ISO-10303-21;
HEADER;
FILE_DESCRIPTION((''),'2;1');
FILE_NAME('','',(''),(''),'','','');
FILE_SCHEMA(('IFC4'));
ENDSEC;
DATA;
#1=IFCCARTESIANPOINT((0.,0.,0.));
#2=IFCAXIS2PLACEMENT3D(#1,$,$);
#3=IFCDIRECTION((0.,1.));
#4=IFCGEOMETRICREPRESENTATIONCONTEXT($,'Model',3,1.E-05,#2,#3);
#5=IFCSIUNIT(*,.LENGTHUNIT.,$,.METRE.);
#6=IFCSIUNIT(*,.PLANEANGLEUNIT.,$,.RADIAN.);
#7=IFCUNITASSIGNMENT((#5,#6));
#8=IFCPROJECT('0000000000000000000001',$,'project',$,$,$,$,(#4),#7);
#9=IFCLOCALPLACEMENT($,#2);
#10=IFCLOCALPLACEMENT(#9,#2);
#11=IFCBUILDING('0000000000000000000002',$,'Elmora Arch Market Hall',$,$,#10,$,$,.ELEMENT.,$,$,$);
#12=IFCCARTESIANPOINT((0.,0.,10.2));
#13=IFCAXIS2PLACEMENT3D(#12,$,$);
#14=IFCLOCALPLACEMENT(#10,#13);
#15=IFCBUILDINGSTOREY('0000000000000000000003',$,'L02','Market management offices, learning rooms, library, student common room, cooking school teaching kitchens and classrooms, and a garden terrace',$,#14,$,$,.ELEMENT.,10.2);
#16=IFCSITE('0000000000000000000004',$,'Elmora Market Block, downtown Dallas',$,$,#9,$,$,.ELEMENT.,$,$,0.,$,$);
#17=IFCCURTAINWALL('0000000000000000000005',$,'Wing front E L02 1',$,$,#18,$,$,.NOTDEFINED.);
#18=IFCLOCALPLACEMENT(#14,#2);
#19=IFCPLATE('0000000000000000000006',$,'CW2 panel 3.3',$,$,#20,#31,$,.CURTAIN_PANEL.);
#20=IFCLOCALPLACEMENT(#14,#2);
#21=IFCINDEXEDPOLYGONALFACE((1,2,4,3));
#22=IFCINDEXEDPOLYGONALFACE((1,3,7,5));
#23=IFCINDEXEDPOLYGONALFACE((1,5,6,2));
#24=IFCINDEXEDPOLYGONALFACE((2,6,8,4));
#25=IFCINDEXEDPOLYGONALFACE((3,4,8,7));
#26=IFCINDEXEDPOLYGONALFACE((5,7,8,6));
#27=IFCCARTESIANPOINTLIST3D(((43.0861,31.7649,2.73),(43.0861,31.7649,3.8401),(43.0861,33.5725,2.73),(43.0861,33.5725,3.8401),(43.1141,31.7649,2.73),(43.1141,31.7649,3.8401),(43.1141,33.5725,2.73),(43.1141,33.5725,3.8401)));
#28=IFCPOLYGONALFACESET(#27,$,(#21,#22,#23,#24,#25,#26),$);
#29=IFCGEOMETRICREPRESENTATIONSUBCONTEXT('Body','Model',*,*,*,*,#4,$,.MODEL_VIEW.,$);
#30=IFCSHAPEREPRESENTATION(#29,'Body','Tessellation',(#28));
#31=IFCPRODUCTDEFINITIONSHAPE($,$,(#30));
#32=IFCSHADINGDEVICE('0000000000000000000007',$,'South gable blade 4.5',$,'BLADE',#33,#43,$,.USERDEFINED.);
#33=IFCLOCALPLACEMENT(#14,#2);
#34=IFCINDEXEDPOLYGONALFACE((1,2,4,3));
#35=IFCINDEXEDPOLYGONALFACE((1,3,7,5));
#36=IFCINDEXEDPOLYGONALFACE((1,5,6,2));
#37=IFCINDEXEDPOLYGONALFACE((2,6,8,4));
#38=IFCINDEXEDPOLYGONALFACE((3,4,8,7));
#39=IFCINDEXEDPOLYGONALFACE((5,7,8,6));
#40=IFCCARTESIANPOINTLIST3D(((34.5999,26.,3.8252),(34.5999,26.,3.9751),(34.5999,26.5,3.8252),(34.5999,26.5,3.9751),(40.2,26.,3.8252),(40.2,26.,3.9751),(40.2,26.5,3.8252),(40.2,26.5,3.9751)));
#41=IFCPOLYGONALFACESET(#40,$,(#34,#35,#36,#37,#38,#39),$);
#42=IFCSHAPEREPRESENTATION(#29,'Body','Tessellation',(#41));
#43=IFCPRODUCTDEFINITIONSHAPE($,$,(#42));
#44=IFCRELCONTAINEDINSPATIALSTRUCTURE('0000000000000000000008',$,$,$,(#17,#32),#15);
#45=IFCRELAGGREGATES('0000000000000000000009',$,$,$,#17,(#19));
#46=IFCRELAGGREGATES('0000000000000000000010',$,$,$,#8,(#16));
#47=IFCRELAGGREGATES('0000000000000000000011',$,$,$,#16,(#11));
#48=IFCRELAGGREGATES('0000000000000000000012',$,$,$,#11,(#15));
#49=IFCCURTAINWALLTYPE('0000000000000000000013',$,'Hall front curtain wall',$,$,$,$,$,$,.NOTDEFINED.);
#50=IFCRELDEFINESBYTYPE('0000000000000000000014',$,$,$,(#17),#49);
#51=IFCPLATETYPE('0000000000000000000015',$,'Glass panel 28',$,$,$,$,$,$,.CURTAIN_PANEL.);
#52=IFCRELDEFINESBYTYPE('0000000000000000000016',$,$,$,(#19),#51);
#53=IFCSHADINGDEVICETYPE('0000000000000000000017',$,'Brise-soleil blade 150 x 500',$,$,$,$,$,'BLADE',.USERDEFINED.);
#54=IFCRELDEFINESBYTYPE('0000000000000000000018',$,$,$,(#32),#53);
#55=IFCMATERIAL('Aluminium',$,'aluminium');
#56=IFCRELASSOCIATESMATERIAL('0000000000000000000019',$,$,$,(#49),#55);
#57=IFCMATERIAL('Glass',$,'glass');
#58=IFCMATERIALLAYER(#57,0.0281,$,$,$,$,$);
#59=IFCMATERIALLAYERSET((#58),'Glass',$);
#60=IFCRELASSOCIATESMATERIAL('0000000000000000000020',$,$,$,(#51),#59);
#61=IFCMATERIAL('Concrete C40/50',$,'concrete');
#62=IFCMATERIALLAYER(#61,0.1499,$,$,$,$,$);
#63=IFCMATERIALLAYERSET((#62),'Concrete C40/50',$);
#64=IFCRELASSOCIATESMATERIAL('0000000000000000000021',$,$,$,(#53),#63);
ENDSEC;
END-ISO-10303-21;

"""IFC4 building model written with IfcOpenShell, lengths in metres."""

from ifc_helpers import new_model, si_unit, direction, frame, origin, origin_2d, place, context, subcontext, project, spatial, rectangle, extrude, material, layer, layer_set, type_object, element, aggregate, save


model = new_model("IFC4")

# Units and contexts
model_context = context("Model", 3, precision=1e-05, world=origin(), true_north=direction((0.0, 1.0)))
body_context = subcontext(model_context, "Body", "Model", "MODEL_VIEW")
ifc_project = project(units=[si_unit("LENGTHUNIT", "METRE"), si_unit("PLANEANGLEUNIT", "RADIAN")], contexts=[model_context])

# Site, building, storey
site_placement = place(None, origin())
site = spatial("IfcSite", under=ifc_project, at=site_placement, Name="Elmora Market Block, downtown Dallas", CompositionType="ELEMENT", RefElevation=0.0)
building_placement = place(site_placement, origin())
building = spatial("IfcBuilding", under=site, at=building_placement, Name="Elmora Arch Market Hall", CompositionType="ELEMENT")
storey_placement = place(building_placement, frame((0.0, 0.0, 10.2)))
storey = spatial("IfcBuildingStorey", under=building, at=storey_placement, Name="L02", Description="Market management offices, learning rooms, library, student common room, cooking school teaching kitchens and classrooms, and a garden terrace", CompositionType="ELEMENT", Elevation=10.2)

# Curtain wall, plate
ifc_material_1 = material(Name="Aluminium", Category="aluminium")
curtain_wall_type = type_object("IfcCurtainWallType", Name="Hall front curtain wall", PredefinedType="NOTDEFINED", material=ifc_material_1)
curtain_wall_placement = place(storey_placement, origin())
curtain_wall = element("IfcCurtainWall", 1, at=curtain_wall_placement, inside=storey, type_object=curtain_wall_type, Name="Wing front E L02 1", PredefinedType="NOTDEFINED")
ifc_material_2 = material(Name="Glass", Category="glass")
ifc_layer_1 = layer(ifc_material_2, 0.0281)
ifc_layer_set_1 = layer_set([ifc_layer_1], Name="Glass")
plate_type = type_object("IfcPlateType", Name="Glass panel 28", PredefinedType="CURTAIN_PANEL", material=ifc_layer_set_1)
plate_1_placement = place(storey_placement, frame((43.1001, 32.6687, 2.73), z_axis=(0.0, 0.0, 1.0), x_axis=(0.0, 1.0, 0.0)))
plate_1 = element("IfcPlate", 2, at=plate_1_placement, type_object=plate_type, Name="CW2 panel 3.3", PredefinedType="CURTAIN_PANEL", context=body_context, shape_type="SweptSolid", body=[
    extrude(rectangle(XDim=1.8076, YDim=0.0281, at=origin_2d()), origin(), (0.0, 0.0, 1.0), 1.1101),
])
aggregate(curtain_wall, [plate_1])

# Shading device
ifc_material_3 = material(Name="Concrete C40/50", Category="concrete")
ifc_layer_2 = layer(ifc_material_3, 0.1499)
ifc_layer_set_2 = layer_set([ifc_layer_2], Name="Concrete C40/50")
shading_device_type = type_object("IfcShadingDeviceType", Name="Brise-soleil blade 150 x 500", ElementType="BLADE", PredefinedType="USERDEFINED", material=ifc_layer_set_2)
shading_device_placement = place(storey_placement, frame((37.3999, 26.25, 3.8252), z_axis=(0.0, 0.0, 1.0), x_axis=(1.0, 0.0, 0.0)))
element("IfcShadingDevice", 3, at=shading_device_placement, inside=storey, type_object=shading_device_type, Name="South gable blade 4.5", ObjectType="BLADE", PredefinedType="USERDEFINED", context=body_context, shape_type="SweptSolid", body=[
    extrude(rectangle(XDim=5.6001, YDim=0.5, at=origin_2d()), origin(), (0.0, 0.0, 1.0), 0.1499),
])

save(model, "model.ifc")
